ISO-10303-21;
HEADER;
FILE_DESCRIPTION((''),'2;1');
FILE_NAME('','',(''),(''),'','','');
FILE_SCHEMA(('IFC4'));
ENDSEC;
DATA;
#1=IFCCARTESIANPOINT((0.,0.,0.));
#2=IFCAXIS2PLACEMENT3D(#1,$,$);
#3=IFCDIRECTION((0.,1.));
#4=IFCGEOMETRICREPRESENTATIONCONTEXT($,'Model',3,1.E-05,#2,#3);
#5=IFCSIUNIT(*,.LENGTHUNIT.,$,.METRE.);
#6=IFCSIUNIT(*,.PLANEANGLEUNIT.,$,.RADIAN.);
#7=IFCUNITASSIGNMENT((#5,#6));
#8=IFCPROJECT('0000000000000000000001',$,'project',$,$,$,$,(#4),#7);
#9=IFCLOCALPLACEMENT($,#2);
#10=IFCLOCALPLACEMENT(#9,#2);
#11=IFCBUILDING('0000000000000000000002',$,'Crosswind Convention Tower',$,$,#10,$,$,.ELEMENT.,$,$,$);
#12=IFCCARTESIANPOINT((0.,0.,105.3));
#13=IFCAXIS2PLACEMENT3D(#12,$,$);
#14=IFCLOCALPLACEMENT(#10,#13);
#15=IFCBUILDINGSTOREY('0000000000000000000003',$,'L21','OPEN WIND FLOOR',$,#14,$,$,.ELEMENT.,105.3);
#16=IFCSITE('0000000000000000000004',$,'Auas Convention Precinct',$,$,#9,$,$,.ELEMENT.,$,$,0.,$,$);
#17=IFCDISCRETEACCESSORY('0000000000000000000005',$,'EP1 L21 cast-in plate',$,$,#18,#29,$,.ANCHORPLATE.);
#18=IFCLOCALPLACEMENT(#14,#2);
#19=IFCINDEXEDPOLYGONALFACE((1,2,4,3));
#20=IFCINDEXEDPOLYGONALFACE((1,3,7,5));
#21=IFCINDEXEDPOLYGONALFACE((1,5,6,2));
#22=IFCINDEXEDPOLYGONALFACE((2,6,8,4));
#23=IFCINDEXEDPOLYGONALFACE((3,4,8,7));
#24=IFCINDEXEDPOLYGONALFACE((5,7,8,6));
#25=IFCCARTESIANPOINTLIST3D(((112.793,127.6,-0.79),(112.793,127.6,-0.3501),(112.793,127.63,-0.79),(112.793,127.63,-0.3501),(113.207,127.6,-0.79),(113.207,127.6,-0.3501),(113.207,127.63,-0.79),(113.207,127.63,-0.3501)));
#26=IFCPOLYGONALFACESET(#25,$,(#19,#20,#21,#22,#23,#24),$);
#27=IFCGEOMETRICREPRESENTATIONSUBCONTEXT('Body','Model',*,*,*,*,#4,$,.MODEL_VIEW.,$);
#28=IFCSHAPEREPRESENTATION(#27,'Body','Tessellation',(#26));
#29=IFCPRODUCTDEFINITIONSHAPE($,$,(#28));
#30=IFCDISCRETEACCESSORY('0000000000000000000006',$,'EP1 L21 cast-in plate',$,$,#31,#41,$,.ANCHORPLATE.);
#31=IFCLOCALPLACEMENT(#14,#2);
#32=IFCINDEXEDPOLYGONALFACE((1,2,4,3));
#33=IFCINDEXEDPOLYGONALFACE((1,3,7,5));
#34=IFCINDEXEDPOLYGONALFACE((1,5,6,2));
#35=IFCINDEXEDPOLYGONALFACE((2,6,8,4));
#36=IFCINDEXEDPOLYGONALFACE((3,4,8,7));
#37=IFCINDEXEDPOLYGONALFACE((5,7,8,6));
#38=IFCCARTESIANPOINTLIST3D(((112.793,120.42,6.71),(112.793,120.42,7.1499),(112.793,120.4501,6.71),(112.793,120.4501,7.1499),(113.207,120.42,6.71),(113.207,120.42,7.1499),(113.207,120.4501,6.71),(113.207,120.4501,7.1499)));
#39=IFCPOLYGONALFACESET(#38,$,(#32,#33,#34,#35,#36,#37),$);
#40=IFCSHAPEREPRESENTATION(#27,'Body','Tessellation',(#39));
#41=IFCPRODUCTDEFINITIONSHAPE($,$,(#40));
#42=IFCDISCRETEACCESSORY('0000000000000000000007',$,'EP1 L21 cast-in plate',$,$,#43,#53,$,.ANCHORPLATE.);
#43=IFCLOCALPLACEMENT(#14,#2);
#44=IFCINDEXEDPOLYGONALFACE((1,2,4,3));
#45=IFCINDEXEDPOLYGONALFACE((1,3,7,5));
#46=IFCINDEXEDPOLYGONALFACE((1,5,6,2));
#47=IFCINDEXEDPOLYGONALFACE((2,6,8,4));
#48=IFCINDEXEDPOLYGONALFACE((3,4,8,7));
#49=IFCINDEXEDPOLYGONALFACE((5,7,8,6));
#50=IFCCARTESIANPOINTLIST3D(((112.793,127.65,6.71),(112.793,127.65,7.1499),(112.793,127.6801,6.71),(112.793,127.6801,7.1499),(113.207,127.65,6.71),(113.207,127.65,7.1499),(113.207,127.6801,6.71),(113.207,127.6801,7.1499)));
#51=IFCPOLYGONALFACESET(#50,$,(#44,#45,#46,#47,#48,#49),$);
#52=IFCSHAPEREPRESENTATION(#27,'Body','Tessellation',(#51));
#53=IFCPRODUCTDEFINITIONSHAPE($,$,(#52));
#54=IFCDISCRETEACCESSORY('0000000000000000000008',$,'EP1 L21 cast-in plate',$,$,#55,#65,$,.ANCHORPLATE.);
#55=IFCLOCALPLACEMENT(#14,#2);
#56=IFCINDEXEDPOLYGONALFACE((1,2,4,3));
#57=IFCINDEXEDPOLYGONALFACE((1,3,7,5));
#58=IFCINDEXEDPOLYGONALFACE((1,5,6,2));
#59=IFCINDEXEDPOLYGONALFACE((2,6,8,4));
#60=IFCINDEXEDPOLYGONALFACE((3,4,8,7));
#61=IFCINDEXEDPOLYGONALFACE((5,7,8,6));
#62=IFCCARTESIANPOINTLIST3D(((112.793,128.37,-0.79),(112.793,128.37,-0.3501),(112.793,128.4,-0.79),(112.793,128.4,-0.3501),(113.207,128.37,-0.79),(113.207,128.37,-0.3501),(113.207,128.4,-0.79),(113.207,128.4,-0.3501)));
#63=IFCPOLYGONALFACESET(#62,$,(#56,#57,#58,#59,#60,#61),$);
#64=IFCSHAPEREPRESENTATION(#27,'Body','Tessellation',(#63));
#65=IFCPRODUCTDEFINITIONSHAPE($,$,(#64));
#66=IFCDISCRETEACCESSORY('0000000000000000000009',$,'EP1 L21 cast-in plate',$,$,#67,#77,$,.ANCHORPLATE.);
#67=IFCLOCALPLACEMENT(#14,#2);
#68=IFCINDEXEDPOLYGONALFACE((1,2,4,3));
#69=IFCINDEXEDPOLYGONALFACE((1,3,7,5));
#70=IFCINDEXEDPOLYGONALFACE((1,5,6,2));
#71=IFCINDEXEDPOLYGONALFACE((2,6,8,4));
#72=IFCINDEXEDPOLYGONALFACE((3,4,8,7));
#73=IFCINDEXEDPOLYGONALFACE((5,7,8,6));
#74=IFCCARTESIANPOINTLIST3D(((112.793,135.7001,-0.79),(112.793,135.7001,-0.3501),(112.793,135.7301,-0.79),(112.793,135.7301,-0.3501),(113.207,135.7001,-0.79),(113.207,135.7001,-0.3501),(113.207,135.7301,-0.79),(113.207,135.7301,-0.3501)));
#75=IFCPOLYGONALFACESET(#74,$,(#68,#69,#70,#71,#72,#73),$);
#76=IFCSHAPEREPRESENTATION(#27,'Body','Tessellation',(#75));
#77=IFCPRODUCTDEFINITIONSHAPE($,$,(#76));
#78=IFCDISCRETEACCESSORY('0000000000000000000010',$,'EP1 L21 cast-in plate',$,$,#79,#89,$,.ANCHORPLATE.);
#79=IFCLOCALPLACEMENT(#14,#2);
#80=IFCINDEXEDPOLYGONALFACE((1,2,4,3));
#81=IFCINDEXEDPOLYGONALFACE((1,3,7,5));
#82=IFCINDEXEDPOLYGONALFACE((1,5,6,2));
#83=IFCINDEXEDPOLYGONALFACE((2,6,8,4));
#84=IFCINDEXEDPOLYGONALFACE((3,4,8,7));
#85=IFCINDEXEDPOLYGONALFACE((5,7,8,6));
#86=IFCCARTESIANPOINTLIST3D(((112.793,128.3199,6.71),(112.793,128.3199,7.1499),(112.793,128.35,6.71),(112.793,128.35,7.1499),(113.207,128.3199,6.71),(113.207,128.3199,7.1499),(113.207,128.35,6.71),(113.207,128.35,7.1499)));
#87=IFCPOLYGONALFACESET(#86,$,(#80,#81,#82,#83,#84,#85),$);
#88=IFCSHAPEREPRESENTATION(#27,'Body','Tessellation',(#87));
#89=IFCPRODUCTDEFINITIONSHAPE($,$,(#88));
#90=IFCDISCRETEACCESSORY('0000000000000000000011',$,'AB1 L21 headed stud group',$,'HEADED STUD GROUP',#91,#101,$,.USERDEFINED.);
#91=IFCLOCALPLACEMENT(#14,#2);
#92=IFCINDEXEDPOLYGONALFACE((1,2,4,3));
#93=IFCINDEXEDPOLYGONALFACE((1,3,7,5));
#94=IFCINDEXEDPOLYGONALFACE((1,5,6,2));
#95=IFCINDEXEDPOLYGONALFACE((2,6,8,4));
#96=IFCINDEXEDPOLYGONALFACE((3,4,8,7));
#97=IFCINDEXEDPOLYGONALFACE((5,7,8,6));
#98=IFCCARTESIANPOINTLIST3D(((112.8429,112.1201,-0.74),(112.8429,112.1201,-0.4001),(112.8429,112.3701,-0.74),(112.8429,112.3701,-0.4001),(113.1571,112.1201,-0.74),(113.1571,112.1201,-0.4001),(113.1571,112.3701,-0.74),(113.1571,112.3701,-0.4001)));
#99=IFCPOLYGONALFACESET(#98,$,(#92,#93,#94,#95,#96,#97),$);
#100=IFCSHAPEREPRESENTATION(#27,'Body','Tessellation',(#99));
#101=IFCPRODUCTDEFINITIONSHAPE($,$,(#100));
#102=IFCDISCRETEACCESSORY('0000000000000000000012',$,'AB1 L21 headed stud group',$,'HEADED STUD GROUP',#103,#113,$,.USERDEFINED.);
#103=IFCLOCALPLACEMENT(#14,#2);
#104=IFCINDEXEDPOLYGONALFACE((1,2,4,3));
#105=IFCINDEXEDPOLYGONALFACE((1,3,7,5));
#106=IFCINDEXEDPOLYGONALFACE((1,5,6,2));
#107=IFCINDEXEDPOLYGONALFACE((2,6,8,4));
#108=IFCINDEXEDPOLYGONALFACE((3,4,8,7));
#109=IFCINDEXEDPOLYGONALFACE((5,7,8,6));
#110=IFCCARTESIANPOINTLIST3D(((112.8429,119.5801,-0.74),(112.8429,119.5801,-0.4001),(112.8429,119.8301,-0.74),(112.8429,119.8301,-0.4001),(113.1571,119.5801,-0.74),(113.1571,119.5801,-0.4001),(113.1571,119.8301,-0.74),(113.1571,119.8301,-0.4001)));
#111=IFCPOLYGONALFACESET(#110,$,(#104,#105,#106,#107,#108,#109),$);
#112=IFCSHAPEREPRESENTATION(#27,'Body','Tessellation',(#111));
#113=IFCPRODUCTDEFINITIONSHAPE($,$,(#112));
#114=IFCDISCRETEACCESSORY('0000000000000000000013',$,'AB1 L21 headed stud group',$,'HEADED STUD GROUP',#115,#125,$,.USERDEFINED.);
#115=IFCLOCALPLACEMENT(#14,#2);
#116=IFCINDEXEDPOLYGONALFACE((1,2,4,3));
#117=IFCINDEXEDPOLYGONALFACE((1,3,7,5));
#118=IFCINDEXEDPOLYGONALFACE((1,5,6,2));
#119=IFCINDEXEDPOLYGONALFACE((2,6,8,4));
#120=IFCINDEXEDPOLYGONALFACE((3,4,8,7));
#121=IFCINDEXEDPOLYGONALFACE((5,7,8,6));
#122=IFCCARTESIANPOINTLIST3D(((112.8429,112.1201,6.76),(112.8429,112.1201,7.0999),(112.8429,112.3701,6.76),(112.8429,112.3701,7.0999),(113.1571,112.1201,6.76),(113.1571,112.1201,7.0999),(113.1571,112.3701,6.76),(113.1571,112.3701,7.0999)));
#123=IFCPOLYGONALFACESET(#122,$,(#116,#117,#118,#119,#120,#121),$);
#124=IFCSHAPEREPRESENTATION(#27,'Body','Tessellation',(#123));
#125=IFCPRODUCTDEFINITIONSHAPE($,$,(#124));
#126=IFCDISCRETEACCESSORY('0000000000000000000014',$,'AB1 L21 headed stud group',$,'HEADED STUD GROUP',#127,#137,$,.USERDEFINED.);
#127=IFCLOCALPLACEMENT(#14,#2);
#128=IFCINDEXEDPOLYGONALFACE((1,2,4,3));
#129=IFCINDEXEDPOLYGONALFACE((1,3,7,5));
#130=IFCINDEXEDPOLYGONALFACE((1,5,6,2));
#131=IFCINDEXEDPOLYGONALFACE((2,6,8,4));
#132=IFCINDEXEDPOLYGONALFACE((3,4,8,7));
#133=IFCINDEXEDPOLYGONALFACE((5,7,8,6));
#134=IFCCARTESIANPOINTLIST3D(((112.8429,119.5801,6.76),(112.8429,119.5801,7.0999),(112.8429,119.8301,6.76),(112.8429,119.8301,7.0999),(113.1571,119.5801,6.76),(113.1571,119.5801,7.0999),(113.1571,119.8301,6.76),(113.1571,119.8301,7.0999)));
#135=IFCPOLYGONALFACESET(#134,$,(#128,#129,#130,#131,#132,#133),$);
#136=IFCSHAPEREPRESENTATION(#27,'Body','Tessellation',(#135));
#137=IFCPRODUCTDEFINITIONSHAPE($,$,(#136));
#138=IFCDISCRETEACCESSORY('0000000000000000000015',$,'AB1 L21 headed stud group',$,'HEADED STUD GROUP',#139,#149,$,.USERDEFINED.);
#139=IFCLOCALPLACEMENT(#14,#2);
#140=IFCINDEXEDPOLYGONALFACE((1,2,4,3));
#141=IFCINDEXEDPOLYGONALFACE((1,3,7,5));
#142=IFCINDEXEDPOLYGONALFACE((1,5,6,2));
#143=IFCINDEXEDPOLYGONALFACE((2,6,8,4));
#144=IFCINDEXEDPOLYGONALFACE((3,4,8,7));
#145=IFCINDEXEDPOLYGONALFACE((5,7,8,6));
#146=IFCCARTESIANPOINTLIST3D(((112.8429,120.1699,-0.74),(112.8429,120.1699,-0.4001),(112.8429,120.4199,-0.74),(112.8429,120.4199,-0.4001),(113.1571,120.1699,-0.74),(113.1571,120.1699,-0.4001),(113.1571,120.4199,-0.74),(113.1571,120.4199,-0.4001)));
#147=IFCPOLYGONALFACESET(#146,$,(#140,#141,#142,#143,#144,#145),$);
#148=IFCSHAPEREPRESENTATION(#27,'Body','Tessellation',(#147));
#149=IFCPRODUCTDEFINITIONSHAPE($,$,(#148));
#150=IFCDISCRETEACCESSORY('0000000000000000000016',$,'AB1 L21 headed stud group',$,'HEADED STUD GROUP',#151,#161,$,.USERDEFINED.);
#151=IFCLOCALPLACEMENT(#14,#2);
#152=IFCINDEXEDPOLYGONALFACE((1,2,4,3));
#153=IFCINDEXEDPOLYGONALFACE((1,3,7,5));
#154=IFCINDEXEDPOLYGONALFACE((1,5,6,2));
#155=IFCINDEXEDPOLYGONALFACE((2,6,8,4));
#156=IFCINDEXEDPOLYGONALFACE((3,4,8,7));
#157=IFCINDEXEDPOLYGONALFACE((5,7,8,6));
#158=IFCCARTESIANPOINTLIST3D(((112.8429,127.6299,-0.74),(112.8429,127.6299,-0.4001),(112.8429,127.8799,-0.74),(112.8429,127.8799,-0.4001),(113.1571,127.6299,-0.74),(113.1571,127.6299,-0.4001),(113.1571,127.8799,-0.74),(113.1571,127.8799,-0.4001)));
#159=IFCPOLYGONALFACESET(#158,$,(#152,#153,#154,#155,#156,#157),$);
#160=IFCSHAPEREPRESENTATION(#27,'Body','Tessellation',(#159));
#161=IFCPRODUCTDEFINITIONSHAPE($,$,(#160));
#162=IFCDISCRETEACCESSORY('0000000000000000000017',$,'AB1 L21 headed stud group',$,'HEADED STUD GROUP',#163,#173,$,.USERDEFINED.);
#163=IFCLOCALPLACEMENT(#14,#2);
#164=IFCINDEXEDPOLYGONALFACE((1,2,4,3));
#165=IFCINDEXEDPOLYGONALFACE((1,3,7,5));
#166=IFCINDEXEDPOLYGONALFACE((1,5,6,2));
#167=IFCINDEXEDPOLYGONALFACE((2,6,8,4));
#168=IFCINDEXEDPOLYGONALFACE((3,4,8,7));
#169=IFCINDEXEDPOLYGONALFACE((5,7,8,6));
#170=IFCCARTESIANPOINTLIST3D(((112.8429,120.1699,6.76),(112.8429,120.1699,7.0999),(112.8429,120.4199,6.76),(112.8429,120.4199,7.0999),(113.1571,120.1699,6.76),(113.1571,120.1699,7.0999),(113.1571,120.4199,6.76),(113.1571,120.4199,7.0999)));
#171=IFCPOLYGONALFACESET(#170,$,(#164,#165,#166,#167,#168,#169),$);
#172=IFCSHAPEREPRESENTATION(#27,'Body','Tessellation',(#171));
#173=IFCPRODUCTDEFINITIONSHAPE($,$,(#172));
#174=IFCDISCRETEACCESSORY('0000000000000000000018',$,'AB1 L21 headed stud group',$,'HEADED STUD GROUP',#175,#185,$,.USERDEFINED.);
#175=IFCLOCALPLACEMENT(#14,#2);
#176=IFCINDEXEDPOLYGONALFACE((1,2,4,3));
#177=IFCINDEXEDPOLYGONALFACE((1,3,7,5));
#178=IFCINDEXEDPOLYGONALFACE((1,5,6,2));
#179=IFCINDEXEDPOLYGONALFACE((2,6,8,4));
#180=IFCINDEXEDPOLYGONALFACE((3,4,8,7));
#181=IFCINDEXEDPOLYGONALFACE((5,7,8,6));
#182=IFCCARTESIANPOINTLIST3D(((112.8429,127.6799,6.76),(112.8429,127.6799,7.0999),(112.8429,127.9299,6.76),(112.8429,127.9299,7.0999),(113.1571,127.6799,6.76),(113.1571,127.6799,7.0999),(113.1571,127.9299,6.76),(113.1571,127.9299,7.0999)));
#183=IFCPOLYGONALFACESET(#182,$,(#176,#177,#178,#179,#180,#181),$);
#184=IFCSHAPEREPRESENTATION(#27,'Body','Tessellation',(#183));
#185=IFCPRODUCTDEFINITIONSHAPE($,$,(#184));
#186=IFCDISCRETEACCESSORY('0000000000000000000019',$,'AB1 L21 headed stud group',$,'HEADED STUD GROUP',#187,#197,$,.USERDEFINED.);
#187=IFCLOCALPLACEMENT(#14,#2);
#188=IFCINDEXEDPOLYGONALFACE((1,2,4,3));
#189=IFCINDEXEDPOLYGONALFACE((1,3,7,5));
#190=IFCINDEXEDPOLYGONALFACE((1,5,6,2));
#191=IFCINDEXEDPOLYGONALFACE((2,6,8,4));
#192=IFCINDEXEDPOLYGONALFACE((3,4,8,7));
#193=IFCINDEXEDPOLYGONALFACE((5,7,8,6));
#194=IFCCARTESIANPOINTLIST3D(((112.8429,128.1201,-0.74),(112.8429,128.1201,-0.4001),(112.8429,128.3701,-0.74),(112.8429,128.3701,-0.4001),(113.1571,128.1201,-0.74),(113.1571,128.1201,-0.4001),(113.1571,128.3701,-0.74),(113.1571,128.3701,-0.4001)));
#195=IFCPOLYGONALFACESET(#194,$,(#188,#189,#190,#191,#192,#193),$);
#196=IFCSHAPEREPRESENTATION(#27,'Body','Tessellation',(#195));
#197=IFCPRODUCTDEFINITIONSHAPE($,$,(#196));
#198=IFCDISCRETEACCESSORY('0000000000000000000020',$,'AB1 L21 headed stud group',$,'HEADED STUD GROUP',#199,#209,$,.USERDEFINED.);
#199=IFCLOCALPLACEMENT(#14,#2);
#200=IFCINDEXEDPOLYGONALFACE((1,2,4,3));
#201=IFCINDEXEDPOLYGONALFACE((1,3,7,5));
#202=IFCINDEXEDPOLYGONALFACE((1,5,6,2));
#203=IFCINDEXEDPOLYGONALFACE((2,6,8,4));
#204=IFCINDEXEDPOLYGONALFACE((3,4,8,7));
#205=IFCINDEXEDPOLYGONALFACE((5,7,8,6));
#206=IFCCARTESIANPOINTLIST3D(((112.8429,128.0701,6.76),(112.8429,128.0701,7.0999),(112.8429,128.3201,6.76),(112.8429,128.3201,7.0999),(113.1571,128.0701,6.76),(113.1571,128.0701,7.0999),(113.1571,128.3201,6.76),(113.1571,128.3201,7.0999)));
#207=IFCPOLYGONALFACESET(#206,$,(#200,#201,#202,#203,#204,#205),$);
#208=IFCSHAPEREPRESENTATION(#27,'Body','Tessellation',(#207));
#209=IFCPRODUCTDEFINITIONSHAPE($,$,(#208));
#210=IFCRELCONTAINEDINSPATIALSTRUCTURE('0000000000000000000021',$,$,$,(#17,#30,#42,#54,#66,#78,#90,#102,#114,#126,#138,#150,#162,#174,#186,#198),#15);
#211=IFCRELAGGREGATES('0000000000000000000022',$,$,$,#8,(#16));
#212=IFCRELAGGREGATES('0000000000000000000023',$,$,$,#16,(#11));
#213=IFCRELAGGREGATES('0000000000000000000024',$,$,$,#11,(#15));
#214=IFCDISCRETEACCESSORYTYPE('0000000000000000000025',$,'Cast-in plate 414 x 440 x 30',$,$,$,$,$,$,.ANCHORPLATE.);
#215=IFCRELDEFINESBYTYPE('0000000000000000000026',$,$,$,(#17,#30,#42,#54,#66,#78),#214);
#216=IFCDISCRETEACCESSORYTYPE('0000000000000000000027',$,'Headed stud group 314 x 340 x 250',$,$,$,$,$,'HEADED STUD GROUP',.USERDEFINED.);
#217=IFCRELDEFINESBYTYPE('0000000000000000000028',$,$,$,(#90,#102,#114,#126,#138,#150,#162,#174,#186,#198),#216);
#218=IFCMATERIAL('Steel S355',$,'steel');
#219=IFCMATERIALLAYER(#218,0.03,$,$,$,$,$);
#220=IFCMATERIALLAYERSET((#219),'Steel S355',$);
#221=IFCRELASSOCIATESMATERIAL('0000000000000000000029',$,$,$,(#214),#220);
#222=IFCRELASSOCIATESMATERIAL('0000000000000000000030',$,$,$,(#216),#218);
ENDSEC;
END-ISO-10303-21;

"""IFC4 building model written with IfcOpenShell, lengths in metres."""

from ifc_helpers import new_model, si_unit, direction, frame, origin, origin_2d, place, context, subcontext, project, spatial, rectangle, extrude, material, layer, layer_set, type_object, element, save


model = new_model("IFC4")

# Units and contexts
model_context = context("Model", 3, precision=1e-05, world=origin(), true_north=direction((0.0, 1.0)))
body_context = subcontext(model_context, "Body", "Model", "MODEL_VIEW")
ifc_project = project(units=[si_unit("LENGTHUNIT", "METRE"), si_unit("PLANEANGLEUNIT", "RADIAN")], contexts=[model_context])

# Site, building, storey
site_placement = place(None, origin())
site = spatial("IfcSite", under=ifc_project, at=site_placement, Name="Auas Convention Precinct", CompositionType="ELEMENT", RefElevation=0.0)
building_placement = place(site_placement, origin())
building = spatial("IfcBuilding", under=site, at=building_placement, Name="Crosswind Convention Tower", CompositionType="ELEMENT")
storey_placement = place(building_placement, frame((0.0, 0.0, 105.3)))
storey = spatial("IfcBuildingStorey", under=building, at=storey_placement, Name="L21", Description="OPEN WIND FLOOR", CompositionType="ELEMENT", Elevation=105.3)

# Shared definitions
ifc_material_1 = material(Name="Steel S355", Category="steel")

# Discrete accessories
ifc_layer = layer(ifc_material_1, 0.03)
ifc_layer_set = layer_set([ifc_layer], Name="Steel S355")
discrete_accessory_type_1 = type_object("IfcDiscreteAccessoryType", Name="Cast-in plate 414 x 440 x 30", PredefinedType="ANCHORPLATE", material=ifc_layer_set)
for number, where, z_axis, x_axis, name in (
    (1, (113.0, 127.615, -0.79), (0.0, 0.0, 1.0), (1.0, 0.0, 0.0), "EP1 L21 cast-in plate"),
    (2, (113.0, 120.4351, 6.71), (0.0, 0.0, 1.0), (1.0, 0.0, 0.0), "EP1 L21 cast-in plate"),
    (3, (113.0, 127.665, 6.71), (0.0, 0.0, 1.0), (1.0, 0.0, 0.0), "EP1 L21 cast-in plate"),
    (4, (113.0, 128.385, -0.79), (0.0, 0.0, 1.0), (1.0, 0.0, 0.0), "EP1 L21 cast-in plate"),
    (5, (113.0, 135.7151, -0.79), (0.0, 0.0, 1.0), (1.0, 0.0, 0.0), "EP1 L21 cast-in plate"),
    (6, (113.0, 128.335, 6.71), (0.0, 0.0, 1.0), (1.0, 0.0, 0.0), "EP1 L21 cast-in plate"),
):
    element("IfcDiscreteAccessory", number, at=place(storey_placement, frame(where, z_axis=z_axis, x_axis=x_axis)), inside=storey, type_object=discrete_accessory_type_1, Name=name, PredefinedType="ANCHORPLATE", context=body_context, shape_type="SweptSolid", body=[
        extrude(rectangle(XDim=0.4141, YDim=0.03, at=origin_2d()), origin(), (0.0, 0.0, 1.0), 0.4399),
    ])
discrete_accessory_type_2 = type_object("IfcDiscreteAccessoryType", Name="Headed stud group 314 x 340 x 250", ElementType="HEADED STUD GROUP", PredefinedType="USERDEFINED", material=ifc_material_1)
for number, where, z_axis, x_axis, name in (
    (7, (113.0, 112.2451, -0.74), (0.0, 0.0, 1.0), (1.0, 0.0, 0.0), "AB1 L21 headed stud group"),
    (8, (113.0, 119.7051, -0.74), (0.0, 0.0, 1.0), (1.0, 0.0, 0.0), "AB1 L21 headed stud group"),
    (9, (113.0, 112.2451, 6.76), (0.0, 0.0, 1.0), (1.0, 0.0, 0.0), "AB1 L21 headed stud group"),
    (10, (113.0, 119.7051, 6.76), (0.0, 0.0, 1.0), (1.0, 0.0, 0.0), "AB1 L21 headed stud group"),
    (11, (113.0, 120.2949, -0.74), (0.0, 0.0, 1.0), (1.0, 0.0, 0.0), "AB1 L21 headed stud group"),
    (12, (113.0, 127.7549, -0.74), (0.0, 0.0, 1.0), (1.0, 0.0, 0.0), "AB1 L21 headed stud group"),
    (13, (113.0, 120.2949, 6.76), (0.0, 0.0, 1.0), (1.0, 0.0, 0.0), "AB1 L21 headed stud group"),
    (14, (113.0, 127.8049, 6.76), (0.0, 0.0, 1.0), (1.0, 0.0, 0.0), "AB1 L21 headed stud group"),
    (15, (113.0, 128.2451, -0.74), (0.0, 0.0, 1.0), (1.0, 0.0, 0.0), "AB1 L21 headed stud group"),
    (16, (113.0, 128.1951, 6.76), (0.0, 0.0, 1.0), (1.0, 0.0, 0.0), "AB1 L21 headed stud group"),
):
    element("IfcDiscreteAccessory", number, at=place(storey_placement, frame(where, z_axis=z_axis, x_axis=x_axis)), inside=storey, type_object=discrete_accessory_type_2, Name=name, ObjectType="HEADED STUD GROUP", PredefinedType="USERDEFINED", context=body_context, shape_type="SweptSolid", body=[
        extrude(rectangle(XDim=0.3142, YDim=0.25, at=origin_2d()), origin(), (0.0, 0.0, 1.0), 0.3398),
    ])

save(model, "model.ifc")
